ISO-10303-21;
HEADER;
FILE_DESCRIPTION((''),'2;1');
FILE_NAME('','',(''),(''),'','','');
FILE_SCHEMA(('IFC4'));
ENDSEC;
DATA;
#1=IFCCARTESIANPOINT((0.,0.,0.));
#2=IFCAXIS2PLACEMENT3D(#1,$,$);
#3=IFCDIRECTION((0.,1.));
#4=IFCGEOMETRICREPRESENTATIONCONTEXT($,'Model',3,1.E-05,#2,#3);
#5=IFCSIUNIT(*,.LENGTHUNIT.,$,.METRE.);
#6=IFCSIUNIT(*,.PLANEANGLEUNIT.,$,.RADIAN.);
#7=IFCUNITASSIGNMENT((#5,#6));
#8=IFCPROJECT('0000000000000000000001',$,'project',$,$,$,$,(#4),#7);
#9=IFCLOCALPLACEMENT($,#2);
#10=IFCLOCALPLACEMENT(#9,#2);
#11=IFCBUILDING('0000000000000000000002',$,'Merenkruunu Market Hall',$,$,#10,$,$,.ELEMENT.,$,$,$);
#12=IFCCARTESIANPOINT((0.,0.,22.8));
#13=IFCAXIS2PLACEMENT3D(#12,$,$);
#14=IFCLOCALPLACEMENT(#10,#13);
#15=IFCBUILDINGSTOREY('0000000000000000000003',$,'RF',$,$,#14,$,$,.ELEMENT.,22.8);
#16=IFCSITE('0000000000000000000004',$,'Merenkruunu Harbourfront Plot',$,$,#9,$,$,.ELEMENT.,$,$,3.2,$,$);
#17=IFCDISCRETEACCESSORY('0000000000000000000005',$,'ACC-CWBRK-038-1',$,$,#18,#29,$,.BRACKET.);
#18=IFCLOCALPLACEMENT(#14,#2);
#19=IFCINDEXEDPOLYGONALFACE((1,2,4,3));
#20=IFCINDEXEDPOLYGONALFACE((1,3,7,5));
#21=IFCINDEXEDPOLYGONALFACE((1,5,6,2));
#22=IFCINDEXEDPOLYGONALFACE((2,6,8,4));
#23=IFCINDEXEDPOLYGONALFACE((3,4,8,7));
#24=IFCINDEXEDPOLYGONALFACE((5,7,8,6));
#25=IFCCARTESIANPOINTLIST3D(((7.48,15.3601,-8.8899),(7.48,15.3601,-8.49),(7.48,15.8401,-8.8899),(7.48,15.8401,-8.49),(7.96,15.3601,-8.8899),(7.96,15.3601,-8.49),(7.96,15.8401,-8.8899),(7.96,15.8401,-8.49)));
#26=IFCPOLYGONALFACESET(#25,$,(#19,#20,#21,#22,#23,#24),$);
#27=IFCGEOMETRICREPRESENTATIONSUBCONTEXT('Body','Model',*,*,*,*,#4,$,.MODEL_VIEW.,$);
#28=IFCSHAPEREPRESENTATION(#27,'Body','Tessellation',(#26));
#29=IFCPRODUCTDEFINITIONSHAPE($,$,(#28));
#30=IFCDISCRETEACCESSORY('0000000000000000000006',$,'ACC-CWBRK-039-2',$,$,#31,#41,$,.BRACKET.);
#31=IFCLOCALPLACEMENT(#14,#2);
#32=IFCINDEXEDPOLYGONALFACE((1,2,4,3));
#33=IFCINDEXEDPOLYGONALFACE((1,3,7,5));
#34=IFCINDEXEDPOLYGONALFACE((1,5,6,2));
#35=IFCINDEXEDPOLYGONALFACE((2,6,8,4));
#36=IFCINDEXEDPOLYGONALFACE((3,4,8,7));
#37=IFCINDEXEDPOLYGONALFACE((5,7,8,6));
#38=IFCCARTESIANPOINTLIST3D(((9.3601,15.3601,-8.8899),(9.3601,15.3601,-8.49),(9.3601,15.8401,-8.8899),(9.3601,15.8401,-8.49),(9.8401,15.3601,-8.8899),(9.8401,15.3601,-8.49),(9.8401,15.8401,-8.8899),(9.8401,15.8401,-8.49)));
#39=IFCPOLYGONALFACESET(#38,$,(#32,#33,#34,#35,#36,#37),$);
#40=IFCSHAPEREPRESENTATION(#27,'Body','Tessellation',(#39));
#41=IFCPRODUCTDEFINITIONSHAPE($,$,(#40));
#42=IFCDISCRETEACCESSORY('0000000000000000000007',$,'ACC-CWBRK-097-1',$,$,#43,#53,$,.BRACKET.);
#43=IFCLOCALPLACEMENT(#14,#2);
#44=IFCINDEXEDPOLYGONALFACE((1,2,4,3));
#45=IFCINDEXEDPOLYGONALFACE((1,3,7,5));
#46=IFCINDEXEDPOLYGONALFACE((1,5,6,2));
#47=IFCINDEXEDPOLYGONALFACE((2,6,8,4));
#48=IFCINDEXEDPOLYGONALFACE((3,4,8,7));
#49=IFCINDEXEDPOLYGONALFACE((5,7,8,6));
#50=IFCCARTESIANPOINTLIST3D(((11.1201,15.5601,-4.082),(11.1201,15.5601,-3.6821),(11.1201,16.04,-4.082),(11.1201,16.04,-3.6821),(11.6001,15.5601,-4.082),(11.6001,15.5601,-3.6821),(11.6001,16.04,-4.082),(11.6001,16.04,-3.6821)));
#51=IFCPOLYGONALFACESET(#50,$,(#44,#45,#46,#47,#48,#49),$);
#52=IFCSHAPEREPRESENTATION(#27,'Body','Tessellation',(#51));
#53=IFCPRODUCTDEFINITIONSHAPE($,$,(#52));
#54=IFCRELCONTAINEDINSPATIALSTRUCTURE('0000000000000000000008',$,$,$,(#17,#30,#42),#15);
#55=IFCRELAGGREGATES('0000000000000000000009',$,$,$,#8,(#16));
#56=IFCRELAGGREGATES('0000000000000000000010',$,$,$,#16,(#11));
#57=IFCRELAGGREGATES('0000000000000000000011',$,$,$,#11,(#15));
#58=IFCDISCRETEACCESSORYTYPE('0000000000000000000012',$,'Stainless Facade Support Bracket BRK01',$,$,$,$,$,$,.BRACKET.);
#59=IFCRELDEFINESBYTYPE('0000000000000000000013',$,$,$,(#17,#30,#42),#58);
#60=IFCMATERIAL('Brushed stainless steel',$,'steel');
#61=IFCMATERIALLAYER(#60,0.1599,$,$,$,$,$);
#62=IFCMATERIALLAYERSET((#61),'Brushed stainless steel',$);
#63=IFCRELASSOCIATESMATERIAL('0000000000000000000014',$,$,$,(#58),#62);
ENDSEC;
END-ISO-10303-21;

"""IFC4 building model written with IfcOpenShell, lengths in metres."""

from ifc_helpers import new_model, si_unit, direction, frame, origin, origin_2d, place, context, subcontext, project, spatial, rectangle, extrude, material, layer, layer_set, type_object, element, save


model = new_model("IFC4")

# Units and contexts
model_context = context("Model", 3, precision=1e-05, world=origin(), true_north=direction((0.0, 1.0)))
body_context = subcontext(model_context, "Body", "Model", "MODEL_VIEW")
ifc_project = project(units=[si_unit("LENGTHUNIT", "METRE"), si_unit("PLANEANGLEUNIT", "RADIAN")], contexts=[model_context])

# Site, building, storey
site_placement = place(None, origin())
site = spatial("IfcSite", under=ifc_project, at=site_placement, Name="Merenkruunu Harbourfront Plot", CompositionType="ELEMENT", RefElevation=3.2)
building_placement = place(site_placement, origin())
building = spatial("IfcBuilding", under=site, at=building_placement, Name="Merenkruunu Market Hall", CompositionType="ELEMENT")
storey_placement = place(building_placement, frame((0.0, 0.0, 22.8)))
storey = spatial("IfcBuildingStorey", under=building, at=storey_placement, Name="RF", CompositionType="ELEMENT", Elevation=22.8)

# Discrete accessories
ifc_material_1 = material(Name="Brushed stainless steel", Category="steel")
ifc_layer_1 = layer(ifc_material_1, 0.1599)
ifc_layer_set_1 = layer_set([ifc_layer_1], Name="Brushed stainless steel")
discrete_accessory_type = type_object("IfcDiscreteAccessoryType", Name="Stainless Facade Support Bracket BRK01", PredefinedType="BRACKET", material=ifc_layer_set_1)
for number, where, z_axis, x_axis, name in (
    (1, (7.72, 15.6001, -8.8899), (0.0, 0.0, 1.0), (1.0, 0.0, 0.0), "ACC-CWBRK-038-1"),
    (2, (9.6001, 15.6001, -8.8899), (0.0, 0.0, 1.0), (1.0, 0.0, 0.0), "ACC-CWBRK-039-2"),
    (3, (11.3601, 15.8, -4.082), (0.0, 0.0, 1.0), (1.0, 0.0, 0.0), "ACC-CWBRK-097-1"),
):
    element("IfcDiscreteAccessory", number, at=place(storey_placement, frame(where, z_axis=z_axis, x_axis=x_axis)), inside=storey, type_object=discrete_accessory_type, Name=name, PredefinedType="BRACKET", context=body_context, shape_type="SweptSolid", body=[
        extrude(rectangle(XDim=0.48, YDim=0.48, at=origin_2d()), origin(), (0.0, 0.0, 1.0), 0.3999),
    ])

save(model, "model.ifc")
